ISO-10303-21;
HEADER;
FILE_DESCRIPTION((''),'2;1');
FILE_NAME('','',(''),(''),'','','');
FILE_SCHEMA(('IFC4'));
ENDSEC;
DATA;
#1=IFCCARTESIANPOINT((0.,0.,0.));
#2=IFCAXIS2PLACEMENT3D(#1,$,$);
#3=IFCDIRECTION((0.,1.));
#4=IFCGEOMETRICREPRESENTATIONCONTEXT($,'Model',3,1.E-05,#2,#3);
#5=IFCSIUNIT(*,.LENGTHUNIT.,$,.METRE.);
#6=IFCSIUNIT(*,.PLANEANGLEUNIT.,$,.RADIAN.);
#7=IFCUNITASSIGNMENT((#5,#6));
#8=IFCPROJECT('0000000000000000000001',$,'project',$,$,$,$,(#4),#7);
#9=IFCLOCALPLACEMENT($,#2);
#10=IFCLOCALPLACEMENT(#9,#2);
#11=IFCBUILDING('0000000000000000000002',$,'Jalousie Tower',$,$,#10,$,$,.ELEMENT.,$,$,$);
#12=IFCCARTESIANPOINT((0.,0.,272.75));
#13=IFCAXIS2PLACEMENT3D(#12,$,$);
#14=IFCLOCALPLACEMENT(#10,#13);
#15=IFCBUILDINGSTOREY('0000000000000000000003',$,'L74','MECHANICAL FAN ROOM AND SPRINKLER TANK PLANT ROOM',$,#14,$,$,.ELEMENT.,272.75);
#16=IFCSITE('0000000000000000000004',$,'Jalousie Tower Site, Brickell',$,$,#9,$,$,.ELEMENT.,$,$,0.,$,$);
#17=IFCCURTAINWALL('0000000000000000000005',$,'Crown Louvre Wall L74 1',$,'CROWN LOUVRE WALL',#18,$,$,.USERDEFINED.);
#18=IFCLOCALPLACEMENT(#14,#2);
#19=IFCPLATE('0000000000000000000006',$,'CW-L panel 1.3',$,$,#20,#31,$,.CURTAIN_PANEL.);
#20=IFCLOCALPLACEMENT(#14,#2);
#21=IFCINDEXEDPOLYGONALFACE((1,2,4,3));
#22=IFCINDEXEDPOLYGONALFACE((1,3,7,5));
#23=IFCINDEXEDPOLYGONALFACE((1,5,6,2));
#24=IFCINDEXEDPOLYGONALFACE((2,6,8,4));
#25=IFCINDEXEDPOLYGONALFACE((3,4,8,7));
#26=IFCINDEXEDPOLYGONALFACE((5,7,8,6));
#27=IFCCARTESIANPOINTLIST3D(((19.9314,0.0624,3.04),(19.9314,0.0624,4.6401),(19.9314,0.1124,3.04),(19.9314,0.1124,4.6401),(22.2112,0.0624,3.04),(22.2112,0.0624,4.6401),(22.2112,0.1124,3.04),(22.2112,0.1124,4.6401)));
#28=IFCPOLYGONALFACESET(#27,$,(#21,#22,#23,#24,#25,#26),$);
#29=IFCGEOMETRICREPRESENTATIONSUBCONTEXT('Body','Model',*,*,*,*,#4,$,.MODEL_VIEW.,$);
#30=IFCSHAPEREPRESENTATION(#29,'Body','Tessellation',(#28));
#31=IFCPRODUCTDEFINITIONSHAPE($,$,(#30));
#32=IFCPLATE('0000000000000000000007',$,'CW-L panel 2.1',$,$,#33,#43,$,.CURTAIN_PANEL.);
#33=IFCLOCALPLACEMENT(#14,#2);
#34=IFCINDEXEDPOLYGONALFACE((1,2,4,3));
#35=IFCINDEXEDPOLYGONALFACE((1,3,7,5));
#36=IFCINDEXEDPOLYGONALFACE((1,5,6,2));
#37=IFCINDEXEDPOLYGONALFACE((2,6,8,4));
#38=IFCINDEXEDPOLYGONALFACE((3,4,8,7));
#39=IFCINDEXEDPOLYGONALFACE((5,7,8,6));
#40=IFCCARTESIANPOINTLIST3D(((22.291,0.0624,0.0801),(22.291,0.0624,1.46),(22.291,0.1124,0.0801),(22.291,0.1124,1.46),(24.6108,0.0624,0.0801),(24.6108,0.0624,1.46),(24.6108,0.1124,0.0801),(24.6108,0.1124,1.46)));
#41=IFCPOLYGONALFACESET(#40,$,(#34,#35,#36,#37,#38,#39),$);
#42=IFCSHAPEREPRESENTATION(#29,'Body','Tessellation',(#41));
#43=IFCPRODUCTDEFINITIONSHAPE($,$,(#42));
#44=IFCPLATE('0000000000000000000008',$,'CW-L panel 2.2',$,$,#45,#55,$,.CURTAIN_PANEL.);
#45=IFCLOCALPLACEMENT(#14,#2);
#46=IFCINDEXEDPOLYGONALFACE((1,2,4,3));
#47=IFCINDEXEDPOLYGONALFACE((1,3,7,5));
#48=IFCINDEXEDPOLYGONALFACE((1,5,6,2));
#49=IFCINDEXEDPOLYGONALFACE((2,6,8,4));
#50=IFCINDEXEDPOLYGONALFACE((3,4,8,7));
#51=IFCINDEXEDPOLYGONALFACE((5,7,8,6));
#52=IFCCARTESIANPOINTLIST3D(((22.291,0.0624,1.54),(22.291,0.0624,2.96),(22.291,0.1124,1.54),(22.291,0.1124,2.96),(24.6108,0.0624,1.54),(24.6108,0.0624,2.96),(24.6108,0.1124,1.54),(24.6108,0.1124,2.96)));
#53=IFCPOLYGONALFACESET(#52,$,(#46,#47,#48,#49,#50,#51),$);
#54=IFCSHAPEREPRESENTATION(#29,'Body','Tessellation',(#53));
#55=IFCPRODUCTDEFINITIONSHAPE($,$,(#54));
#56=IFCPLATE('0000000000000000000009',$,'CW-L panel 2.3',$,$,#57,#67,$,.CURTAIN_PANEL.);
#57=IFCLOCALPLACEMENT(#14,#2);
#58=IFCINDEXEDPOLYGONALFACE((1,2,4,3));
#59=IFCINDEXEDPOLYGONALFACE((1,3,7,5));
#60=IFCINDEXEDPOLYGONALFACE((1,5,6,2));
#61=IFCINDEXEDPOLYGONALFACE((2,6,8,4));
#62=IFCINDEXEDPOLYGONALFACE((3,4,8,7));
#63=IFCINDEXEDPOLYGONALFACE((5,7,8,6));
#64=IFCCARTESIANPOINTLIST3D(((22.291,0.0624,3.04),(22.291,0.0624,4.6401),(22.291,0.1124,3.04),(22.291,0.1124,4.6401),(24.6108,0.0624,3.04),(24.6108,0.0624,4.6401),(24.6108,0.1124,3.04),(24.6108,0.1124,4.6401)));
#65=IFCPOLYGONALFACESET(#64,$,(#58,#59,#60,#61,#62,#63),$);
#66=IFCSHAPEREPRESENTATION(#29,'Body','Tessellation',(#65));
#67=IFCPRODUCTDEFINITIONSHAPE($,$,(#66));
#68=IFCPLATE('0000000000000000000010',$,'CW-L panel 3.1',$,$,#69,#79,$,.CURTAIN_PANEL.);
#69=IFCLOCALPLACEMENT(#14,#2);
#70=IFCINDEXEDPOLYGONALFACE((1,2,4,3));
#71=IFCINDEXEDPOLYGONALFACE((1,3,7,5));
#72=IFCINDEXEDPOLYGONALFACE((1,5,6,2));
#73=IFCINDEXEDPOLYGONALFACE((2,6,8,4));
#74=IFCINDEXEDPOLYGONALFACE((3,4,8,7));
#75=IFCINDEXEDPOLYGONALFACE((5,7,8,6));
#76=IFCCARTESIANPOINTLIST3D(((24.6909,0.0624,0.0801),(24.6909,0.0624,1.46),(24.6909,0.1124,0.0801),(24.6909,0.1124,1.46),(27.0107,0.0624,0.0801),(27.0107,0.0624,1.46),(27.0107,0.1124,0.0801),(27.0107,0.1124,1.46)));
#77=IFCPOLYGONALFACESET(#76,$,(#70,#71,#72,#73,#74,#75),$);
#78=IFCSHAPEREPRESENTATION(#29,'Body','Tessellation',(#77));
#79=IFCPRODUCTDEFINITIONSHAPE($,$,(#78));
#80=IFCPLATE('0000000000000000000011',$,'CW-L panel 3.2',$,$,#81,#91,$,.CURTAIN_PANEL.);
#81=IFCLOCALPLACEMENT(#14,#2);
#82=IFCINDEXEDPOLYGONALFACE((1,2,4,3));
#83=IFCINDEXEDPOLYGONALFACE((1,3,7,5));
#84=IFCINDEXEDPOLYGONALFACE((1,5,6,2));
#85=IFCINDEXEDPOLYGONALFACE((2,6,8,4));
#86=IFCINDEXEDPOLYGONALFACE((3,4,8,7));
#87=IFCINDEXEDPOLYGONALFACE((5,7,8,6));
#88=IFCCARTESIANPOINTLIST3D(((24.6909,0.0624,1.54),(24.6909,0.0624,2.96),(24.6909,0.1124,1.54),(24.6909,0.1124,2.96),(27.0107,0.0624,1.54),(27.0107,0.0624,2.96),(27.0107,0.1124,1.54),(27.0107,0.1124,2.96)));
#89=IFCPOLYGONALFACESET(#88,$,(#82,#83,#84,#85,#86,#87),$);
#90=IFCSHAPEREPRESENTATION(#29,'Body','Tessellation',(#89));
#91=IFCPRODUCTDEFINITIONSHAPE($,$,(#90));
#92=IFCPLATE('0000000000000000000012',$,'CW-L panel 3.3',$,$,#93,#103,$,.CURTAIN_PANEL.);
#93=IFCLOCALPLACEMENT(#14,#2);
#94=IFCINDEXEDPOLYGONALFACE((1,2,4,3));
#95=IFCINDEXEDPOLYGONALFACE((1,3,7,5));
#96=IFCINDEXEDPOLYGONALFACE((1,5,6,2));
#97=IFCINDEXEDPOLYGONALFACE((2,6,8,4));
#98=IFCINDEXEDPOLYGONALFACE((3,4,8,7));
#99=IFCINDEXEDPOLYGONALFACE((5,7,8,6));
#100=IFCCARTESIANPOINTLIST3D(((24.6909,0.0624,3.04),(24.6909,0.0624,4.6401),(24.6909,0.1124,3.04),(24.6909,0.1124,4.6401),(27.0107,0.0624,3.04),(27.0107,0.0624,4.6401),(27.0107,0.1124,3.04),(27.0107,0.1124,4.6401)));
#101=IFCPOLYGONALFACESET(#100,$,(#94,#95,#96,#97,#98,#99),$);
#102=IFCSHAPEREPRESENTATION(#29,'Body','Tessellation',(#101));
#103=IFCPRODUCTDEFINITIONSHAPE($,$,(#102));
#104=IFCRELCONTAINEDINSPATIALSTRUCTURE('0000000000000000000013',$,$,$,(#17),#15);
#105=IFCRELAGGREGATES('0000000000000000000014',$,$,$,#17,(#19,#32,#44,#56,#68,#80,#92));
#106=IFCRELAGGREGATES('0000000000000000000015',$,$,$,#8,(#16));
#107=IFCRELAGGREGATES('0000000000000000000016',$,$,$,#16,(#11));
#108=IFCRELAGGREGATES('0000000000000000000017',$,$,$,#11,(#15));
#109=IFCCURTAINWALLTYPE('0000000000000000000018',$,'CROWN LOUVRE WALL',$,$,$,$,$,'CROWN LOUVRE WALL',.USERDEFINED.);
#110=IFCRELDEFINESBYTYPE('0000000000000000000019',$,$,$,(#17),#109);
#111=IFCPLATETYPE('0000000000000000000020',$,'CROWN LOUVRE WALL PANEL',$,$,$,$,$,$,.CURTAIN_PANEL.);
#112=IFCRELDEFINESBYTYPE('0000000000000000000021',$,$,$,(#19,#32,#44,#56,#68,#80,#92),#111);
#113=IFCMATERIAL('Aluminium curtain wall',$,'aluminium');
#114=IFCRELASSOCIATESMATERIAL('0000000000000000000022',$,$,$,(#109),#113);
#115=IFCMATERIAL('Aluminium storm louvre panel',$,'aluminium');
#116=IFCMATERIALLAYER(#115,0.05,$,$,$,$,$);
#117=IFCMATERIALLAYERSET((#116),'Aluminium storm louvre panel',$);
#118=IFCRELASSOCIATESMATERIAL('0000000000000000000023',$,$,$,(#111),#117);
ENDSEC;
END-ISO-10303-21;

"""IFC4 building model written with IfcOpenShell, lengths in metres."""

from ifc_helpers import new_model, si_unit, direction, frame, origin, origin_2d, place, context, subcontext, project, spatial, rectangle, extrude, material, layer, layer_set, type_object, element, aggregate, save


model = new_model("IFC4")

# Units and contexts
model_context = context("Model", 3, precision=1e-05, world=origin(), true_north=direction((0.0, 1.0)))
body_context = subcontext(model_context, "Body", "Model", "MODEL_VIEW")
ifc_project = project(units=[si_unit("LENGTHUNIT", "METRE"), si_unit("PLANEANGLEUNIT", "RADIAN")], contexts=[model_context])

# Site, building, storey
site_placement = place(None, origin())
site = spatial("IfcSite", under=ifc_project, at=site_placement, Name="Jalousie Tower Site, Brickell", CompositionType="ELEMENT", RefElevation=0.0)
building_placement = place(site_placement, origin())
building = spatial("IfcBuilding", under=site, at=building_placement, Name="Jalousie Tower", CompositionType="ELEMENT")
storey_placement = place(building_placement, frame((0.0, 0.0, 272.75)))
storey = spatial("IfcBuildingStorey", under=building, at=storey_placement, Name="L74", Description="MECHANICAL FAN ROOM AND SPRINKLER TANK PLANT ROOM", CompositionType="ELEMENT", Elevation=272.75)

# Curtain wall, plates
ifc_material_1 = material(Name="Aluminium curtain wall", Category="aluminium")
curtain_wall_type = type_object("IfcCurtainWallType", Name="CROWN LOUVRE WALL", ElementType="CROWN LOUVRE WALL", PredefinedType="USERDEFINED", material=ifc_material_1)
curtain_wall_placement = place(storey_placement, origin())
curtain_wall = element("IfcCurtainWall", 1, at=curtain_wall_placement, inside=storey, type_object=curtain_wall_type, Name="Crown Louvre Wall L74 1", ObjectType="CROWN LOUVRE WALL", PredefinedType="USERDEFINED")
ifc_material_2 = material(Name="Aluminium storm louvre panel", Category="aluminium")
ifc_layer = layer(ifc_material_2, 0.05)
ifc_layer_set = layer_set([ifc_layer], Name="Aluminium storm louvre panel")
plate_type = type_object("IfcPlateType", Name="CROWN LOUVRE WALL PANEL", PredefinedType="CURTAIN_PANEL", material=ifc_layer_set)
plate_1_placement = place(storey_placement, frame((21.0713, 0.0874, 3.04), z_axis=(0.0, 0.0, 1.0), x_axis=(1.0, 0.0, 0.0)))
plate_1 = element("IfcPlate", 2, at=plate_1_placement, type_object=plate_type, Name="CW-L panel 1.3", PredefinedType="CURTAIN_PANEL", context=body_context, shape_type="SweptSolid", body=[
    extrude(rectangle(XDim=2.2798, YDim=0.05, at=origin_2d()), origin(), (0.0, 0.0, 1.0), 1.6001),
])
plate_2_placement = place(storey_placement, frame((23.4509, 0.0874, 0.0801), z_axis=(0.0, 0.0, 1.0), x_axis=(1.0, 0.0, 0.0)))
plate_2 = element("IfcPlate", 3, at=plate_2_placement, type_object=plate_type, Name="CW-L panel 2.1", PredefinedType="CURTAIN_PANEL", context=body_context, shape_type="SweptSolid", body=[
    extrude(rectangle(XDim=2.3198, YDim=0.05, at=origin_2d()), origin(), (0.0, 0.0, 1.0), 1.3799),
])
plate_3_placement = place(storey_placement, frame((23.4509, 0.0874, 1.54), z_axis=(0.0, 0.0, 1.0), x_axis=(1.0, 0.0, 0.0)))
plate_3 = element("IfcPlate", 4, at=plate_3_placement, type_object=plate_type, Name="CW-L panel 2.2", PredefinedType="CURTAIN_PANEL", context=body_context, shape_type="SweptSolid", body=[
    extrude(rectangle(XDim=2.3198, YDim=0.05, at=origin_2d()), origin(), (0.0, 0.0, 1.0), 1.4199),
])
plate_4_placement = place(storey_placement, frame((23.4509, 0.0874, 3.04), z_axis=(0.0, 0.0, 1.0), x_axis=(1.0, 0.0, 0.0)))
plate_4 = element("IfcPlate", 5, at=plate_4_placement, type_object=plate_type, Name="CW-L panel 2.3", PredefinedType="CURTAIN_PANEL", context=body_context, shape_type="SweptSolid", body=[
    extrude(rectangle(XDim=2.3198, YDim=0.05, at=origin_2d()), origin(), (0.0, 0.0, 1.0), 1.6001),
])
plate_5_placement = place(storey_placement, frame((25.8508, 0.0874, 0.0801), z_axis=(0.0, 0.0, 1.0), x_axis=(1.0, 0.0, 0.0)))
plate_5 = element("IfcPlate", 6, at=plate_5_placement, type_object=plate_type, Name="CW-L panel 3.1", PredefinedType="CURTAIN_PANEL", context=body_context, shape_type="SweptSolid", body=[
    extrude(rectangle(XDim=2.3198, YDim=0.05, at=origin_2d()), origin(), (0.0, 0.0, 1.0), 1.3799),
])
plate_6_placement = place(storey_placement, frame((25.8508, 0.0874, 1.54), z_axis=(0.0, 0.0, 1.0), x_axis=(1.0, 0.0, 0.0)))
plate_6 = element("IfcPlate", 7, at=plate_6_placement, type_object=plate_type, Name="CW-L panel 3.2", PredefinedType="CURTAIN_PANEL", context=body_context, shape_type="SweptSolid", body=[
    extrude(rectangle(XDim=2.3198, YDim=0.05, at=origin_2d()), origin(), (0.0, 0.0, 1.0), 1.4199),
])
plate_7_placement = place(storey_placement, frame((25.8508, 0.0874, 3.04), z_axis=(0.0, 0.0, 1.0), x_axis=(1.0, 0.0, 0.0)))
plate_7 = element("IfcPlate", 8, at=plate_7_placement, type_object=plate_type, Name="CW-L panel 3.3", PredefinedType="CURTAIN_PANEL", context=body_context, shape_type="SweptSolid", body=[
    extrude(rectangle(XDim=2.3198, YDim=0.05, at=origin_2d()), origin(), (0.0, 0.0, 1.0), 1.6001),
])
aggregate(curtain_wall, [plate_1, plate_2, plate_3, plate_4, plate_5, plate_6, plate_7])

save(model, "model.ifc")
